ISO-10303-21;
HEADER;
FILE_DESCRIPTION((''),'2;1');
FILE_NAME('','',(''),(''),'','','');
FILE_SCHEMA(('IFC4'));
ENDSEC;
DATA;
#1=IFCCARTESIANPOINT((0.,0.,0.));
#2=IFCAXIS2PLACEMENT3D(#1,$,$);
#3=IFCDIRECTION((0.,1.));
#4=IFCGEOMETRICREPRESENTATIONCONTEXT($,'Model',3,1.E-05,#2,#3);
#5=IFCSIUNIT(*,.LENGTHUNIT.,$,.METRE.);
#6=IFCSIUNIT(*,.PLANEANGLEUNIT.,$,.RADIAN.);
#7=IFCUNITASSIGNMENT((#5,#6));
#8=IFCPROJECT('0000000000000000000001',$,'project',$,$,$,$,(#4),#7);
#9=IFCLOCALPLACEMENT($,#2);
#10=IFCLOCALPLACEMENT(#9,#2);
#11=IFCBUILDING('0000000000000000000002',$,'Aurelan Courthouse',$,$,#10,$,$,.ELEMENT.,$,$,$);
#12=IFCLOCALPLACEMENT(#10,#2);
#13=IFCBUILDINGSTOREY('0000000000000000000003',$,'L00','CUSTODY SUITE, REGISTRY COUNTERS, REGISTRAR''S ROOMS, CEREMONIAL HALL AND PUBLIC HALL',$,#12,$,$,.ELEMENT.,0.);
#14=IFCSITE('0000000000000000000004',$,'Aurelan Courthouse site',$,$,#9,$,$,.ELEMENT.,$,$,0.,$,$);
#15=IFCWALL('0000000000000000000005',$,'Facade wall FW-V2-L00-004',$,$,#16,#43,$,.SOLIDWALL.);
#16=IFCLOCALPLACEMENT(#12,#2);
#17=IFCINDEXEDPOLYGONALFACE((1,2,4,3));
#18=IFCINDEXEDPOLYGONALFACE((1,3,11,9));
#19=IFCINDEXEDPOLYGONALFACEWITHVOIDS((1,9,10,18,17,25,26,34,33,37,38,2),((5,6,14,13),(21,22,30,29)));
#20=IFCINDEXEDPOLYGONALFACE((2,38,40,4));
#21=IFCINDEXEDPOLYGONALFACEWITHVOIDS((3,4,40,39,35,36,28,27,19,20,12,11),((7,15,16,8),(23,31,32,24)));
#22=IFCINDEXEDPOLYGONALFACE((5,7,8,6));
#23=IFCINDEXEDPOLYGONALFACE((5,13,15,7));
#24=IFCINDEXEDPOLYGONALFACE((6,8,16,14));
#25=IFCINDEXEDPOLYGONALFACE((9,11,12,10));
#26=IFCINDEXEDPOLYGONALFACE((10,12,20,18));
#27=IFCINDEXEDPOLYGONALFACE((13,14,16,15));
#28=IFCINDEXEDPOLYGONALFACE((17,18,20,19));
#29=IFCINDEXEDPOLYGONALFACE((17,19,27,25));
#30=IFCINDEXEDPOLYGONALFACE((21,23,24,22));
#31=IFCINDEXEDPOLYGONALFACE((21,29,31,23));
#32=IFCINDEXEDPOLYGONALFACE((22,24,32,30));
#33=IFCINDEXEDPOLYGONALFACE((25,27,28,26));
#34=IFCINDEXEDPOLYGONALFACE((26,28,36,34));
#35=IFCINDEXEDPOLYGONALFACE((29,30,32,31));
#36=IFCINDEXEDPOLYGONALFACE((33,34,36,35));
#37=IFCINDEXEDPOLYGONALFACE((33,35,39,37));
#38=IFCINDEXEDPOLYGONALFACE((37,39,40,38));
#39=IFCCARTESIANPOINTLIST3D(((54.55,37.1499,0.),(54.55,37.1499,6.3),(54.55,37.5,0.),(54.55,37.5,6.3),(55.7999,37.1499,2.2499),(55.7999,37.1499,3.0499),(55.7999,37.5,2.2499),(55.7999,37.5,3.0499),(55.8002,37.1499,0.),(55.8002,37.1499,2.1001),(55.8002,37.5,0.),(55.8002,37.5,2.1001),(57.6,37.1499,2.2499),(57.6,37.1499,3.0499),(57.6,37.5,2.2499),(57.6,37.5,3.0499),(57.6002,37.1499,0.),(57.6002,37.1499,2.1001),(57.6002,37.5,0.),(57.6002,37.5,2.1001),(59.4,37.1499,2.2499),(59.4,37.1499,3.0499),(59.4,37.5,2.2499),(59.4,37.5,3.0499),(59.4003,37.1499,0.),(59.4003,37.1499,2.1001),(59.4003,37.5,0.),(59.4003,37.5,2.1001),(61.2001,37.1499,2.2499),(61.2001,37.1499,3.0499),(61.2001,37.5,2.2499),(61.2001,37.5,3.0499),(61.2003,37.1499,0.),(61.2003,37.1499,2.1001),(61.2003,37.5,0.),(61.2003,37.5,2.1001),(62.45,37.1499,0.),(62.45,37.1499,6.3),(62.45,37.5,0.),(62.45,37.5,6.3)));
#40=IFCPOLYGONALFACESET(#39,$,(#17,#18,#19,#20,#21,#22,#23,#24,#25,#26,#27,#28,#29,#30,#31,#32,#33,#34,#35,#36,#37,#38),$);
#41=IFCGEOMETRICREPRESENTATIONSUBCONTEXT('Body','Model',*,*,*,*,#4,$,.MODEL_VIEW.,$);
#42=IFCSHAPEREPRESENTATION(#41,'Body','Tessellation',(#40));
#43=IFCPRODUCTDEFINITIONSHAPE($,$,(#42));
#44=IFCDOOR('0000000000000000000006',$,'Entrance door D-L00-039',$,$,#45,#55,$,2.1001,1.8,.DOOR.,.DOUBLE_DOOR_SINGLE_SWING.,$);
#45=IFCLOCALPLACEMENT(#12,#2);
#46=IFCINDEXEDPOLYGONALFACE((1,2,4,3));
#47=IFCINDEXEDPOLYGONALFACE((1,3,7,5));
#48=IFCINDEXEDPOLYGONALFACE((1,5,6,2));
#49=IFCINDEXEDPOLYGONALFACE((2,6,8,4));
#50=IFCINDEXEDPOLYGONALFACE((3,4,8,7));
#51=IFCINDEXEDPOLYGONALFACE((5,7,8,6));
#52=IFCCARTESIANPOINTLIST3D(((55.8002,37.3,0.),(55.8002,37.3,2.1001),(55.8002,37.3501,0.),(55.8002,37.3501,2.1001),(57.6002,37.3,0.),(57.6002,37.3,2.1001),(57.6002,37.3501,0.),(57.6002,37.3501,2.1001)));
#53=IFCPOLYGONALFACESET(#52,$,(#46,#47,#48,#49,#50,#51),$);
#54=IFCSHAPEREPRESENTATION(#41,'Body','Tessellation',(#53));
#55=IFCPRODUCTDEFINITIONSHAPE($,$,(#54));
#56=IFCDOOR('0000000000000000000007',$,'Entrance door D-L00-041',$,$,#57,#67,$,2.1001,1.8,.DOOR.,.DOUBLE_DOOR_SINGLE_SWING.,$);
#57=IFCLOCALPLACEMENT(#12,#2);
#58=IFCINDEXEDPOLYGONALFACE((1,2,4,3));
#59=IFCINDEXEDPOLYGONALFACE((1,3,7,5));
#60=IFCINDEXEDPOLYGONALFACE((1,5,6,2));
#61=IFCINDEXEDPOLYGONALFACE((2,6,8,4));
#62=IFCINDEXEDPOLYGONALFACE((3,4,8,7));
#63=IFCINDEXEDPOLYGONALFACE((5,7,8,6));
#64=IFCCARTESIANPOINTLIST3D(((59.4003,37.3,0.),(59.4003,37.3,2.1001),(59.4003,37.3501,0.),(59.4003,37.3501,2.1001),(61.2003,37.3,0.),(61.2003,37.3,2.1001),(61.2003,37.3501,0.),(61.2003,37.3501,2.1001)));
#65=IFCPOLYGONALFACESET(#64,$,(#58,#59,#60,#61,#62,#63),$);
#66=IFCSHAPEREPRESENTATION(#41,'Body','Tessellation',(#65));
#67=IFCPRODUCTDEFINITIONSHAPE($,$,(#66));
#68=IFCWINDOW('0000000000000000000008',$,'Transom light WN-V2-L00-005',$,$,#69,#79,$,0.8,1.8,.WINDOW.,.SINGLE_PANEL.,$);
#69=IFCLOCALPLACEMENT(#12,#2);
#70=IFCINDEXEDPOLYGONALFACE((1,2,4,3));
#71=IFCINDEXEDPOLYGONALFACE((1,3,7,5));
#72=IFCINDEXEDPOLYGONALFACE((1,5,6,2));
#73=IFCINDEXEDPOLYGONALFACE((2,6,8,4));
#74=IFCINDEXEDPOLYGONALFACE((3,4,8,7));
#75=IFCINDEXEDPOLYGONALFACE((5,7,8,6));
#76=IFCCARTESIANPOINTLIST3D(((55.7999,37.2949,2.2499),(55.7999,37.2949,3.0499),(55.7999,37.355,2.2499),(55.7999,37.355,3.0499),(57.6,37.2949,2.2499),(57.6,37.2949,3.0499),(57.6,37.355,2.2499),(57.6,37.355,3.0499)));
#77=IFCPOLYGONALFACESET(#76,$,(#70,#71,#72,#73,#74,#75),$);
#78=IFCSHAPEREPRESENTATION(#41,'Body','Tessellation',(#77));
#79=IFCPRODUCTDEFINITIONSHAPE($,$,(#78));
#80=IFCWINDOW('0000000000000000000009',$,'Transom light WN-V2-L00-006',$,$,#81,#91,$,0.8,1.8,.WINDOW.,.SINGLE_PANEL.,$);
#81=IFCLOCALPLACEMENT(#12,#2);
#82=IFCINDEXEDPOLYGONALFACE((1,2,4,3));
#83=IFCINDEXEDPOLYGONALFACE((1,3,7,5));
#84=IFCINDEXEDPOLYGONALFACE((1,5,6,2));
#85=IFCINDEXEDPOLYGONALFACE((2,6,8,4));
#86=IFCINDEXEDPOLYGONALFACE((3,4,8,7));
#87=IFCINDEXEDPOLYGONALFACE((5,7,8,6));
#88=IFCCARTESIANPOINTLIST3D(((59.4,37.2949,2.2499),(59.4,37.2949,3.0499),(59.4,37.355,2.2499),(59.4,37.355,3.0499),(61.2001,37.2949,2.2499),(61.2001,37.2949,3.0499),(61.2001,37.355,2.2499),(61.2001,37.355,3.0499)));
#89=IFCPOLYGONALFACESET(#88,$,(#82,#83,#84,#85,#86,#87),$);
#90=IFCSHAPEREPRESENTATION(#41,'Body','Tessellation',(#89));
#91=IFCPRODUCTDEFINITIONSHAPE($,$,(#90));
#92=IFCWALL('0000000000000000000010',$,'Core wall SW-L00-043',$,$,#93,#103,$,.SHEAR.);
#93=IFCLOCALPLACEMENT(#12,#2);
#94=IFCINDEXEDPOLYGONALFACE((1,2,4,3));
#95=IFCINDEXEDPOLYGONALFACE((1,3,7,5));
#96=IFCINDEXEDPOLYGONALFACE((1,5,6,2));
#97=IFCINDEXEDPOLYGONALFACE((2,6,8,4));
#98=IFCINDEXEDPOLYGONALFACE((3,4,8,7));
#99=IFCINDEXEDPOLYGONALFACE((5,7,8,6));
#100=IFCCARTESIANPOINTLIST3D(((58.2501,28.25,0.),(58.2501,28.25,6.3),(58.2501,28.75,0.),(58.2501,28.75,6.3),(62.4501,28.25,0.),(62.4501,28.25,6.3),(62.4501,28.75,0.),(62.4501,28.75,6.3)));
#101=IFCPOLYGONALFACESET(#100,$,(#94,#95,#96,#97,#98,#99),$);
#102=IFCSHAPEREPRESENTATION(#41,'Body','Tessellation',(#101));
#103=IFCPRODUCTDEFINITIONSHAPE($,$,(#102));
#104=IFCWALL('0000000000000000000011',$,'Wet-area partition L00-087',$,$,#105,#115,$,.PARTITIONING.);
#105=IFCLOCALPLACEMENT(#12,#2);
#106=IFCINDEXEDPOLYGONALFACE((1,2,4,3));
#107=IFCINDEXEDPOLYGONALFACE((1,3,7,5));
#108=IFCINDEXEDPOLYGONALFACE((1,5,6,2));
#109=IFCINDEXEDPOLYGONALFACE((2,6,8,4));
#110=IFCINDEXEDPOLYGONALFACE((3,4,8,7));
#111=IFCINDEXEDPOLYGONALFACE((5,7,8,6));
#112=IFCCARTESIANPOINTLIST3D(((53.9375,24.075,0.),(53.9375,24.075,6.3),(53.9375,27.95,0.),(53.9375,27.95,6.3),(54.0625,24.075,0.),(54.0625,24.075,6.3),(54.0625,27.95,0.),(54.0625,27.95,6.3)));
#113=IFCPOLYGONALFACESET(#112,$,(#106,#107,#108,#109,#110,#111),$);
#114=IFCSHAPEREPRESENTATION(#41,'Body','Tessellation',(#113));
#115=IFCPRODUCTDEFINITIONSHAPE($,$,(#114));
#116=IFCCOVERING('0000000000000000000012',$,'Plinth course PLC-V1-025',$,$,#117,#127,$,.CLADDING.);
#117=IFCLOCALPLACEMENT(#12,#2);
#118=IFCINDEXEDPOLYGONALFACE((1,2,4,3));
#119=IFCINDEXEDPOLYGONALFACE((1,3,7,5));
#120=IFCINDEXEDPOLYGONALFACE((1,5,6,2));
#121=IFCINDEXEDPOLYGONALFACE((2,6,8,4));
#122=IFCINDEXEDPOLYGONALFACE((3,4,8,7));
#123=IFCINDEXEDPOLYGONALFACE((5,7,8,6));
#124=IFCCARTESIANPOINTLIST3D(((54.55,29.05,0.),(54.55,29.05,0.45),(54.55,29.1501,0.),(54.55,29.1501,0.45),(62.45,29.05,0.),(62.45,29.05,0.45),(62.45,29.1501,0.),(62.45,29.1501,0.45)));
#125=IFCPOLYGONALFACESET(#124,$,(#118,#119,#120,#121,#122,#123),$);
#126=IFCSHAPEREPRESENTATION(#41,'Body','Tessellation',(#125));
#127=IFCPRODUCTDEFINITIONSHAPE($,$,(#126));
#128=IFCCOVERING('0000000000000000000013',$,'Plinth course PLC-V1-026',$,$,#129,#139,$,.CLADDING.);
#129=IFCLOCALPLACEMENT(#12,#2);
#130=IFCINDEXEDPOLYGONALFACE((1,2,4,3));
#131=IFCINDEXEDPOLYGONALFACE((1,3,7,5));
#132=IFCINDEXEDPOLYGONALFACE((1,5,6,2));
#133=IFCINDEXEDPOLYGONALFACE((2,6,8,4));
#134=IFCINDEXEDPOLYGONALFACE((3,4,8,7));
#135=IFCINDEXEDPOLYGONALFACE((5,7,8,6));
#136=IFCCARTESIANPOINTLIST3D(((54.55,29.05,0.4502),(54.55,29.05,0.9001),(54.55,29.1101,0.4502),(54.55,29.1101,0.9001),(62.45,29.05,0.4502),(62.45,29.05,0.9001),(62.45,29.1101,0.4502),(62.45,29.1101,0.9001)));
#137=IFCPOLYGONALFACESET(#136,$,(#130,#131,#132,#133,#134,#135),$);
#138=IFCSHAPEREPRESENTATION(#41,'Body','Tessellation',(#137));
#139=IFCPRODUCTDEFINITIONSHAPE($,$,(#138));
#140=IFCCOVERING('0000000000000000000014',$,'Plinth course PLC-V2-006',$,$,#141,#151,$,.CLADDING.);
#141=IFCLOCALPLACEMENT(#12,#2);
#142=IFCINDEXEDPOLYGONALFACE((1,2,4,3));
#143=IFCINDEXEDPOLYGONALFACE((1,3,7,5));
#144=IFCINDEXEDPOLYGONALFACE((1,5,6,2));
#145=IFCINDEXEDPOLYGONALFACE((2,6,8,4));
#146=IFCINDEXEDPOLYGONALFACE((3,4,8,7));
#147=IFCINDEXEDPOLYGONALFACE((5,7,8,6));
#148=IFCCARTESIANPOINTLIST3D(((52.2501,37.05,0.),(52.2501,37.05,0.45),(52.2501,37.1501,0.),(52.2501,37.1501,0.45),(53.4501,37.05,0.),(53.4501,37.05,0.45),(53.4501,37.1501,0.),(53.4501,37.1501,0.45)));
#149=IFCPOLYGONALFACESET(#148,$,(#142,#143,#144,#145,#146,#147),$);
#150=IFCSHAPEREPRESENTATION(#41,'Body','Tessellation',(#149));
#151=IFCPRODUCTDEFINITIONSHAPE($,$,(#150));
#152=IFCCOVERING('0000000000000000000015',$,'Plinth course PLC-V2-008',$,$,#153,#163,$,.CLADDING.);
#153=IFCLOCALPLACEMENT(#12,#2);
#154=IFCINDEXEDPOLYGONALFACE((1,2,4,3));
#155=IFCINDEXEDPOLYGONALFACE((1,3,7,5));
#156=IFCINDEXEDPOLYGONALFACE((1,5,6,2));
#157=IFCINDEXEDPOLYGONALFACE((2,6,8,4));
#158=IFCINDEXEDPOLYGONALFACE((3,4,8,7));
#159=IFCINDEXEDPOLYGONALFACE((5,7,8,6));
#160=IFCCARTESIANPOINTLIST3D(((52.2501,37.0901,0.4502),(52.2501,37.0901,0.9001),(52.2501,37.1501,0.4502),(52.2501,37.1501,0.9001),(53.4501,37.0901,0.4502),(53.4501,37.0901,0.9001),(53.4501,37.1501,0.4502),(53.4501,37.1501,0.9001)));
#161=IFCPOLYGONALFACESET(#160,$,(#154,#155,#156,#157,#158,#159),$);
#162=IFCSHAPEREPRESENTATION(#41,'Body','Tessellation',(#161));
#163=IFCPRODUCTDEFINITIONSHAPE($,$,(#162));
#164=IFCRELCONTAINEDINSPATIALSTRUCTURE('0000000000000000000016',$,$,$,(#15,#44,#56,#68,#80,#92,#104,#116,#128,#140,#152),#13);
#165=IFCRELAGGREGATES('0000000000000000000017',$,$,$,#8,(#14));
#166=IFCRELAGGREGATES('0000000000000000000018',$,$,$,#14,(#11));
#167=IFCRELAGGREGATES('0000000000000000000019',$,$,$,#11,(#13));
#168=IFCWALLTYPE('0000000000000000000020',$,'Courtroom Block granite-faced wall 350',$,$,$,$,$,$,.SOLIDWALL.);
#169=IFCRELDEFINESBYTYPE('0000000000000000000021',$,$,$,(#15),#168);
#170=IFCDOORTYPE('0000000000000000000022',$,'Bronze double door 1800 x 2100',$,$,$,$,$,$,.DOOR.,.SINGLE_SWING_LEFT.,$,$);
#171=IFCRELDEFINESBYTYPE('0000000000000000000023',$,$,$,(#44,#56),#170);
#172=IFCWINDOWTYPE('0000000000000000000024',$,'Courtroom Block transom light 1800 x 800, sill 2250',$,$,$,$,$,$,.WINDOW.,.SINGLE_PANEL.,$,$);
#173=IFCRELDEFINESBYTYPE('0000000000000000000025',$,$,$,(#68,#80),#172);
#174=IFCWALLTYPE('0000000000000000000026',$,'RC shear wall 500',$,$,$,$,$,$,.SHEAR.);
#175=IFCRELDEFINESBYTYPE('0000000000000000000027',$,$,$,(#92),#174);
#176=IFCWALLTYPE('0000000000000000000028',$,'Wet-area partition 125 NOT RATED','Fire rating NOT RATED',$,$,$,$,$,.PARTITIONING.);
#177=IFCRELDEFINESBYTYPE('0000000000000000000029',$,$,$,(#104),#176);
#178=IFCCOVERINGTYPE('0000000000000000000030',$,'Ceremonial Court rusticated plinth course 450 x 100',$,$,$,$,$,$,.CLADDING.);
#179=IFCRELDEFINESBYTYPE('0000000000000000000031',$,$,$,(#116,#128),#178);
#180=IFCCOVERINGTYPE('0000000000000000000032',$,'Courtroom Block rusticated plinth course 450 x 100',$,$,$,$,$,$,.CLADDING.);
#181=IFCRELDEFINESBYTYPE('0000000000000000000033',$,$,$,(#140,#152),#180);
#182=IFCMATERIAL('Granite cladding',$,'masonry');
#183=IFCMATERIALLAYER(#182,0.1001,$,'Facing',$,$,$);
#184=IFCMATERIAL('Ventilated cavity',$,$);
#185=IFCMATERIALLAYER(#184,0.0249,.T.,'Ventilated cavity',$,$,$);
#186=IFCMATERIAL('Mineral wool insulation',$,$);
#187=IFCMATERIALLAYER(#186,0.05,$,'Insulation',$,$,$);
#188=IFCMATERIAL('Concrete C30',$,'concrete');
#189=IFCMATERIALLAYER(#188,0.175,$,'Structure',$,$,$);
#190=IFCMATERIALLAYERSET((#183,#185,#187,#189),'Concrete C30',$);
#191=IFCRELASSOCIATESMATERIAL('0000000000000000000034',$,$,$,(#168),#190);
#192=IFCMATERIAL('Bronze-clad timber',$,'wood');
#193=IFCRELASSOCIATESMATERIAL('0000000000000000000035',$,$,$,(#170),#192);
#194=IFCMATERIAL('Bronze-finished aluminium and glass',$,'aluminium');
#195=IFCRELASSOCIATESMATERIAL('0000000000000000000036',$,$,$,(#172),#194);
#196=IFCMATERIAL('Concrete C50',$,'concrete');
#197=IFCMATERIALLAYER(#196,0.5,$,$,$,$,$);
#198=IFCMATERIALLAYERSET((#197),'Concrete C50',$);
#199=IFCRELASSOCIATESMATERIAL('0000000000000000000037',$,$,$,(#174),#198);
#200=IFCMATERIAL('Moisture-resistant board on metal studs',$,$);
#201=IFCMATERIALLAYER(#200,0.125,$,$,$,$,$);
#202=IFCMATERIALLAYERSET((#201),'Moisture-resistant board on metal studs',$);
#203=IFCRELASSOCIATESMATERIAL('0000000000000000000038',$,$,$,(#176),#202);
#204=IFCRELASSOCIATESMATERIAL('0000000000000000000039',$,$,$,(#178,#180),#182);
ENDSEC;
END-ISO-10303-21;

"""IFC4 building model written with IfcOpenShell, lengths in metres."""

from ifc_helpers import new_model, si_unit, direction, frame, frame_2d, origin, origin_2d, place, context, subcontext, project, spatial, rectangle, extrude, material, layer, layer_set, type_object, element, fill, save


model = new_model("IFC4")

# Units and contexts
model_context = context("Model", 3, precision=1e-05, world=origin(), true_north=direction((0.0, 1.0)))
body_context = subcontext(model_context, "Body", "Model", "MODEL_VIEW")
ifc_project = project(units=[si_unit("LENGTHUNIT", "METRE"), si_unit("PLANEANGLEUNIT", "RADIAN")], contexts=[model_context])

# Site, building, storey
site_placement = place(None, origin())
site = spatial("IfcSite", under=ifc_project, at=site_placement, Name="Aurelan Courthouse site", CompositionType="ELEMENT", RefElevation=0.0)
building_placement = place(site_placement, origin())
building = spatial("IfcBuilding", under=site, at=building_placement, Name="Aurelan Courthouse", CompositionType="ELEMENT")
storey_placement = place(building_placement, origin())
storey = spatial("IfcBuildingStorey", under=building, at=storey_placement, Name="L00", Description="CUSTODY SUITE, REGISTRY COUNTERS, REGISTRAR'S ROOMS, CEREMONIAL HALL AND PUBLIC HALL", CompositionType="ELEMENT", Elevation=0.0)

# Shared definitions
ifc_material_1 = material(Name="Concrete C50", Category="concrete")

# Shared definitions
ifc_material_2 = material(Name="Ventilated cavity")
ifc_material_3 = material(Name="Mineral wool insulation")
ifc_material_4 = material(Name="Concrete C30", Category="concrete")
ifc_material_5 = material(Name="Bronze-finished aluminium and glass", Category="aluminium")

# Wall, openings, doors, windows
ifc_material_6 = material(Name="Granite cladding", Category="masonry")
ifc_layer_1 = layer(ifc_material_6, 0.1001, Name="Facing")
ifc_layer_2 = layer(ifc_material_2, 0.0249, ventilated=True, Name="Ventilated cavity")
ifc_layer_3 = layer(ifc_material_3, 0.05, Name="Insulation")
ifc_layer_4 = layer(ifc_material_4, 0.175, Name="Structure")
ifc_layer_set_1 = layer_set([ifc_layer_1, ifc_layer_2, ifc_layer_3, ifc_layer_4], Name="Concrete C30")
wall_type_1 = type_object("IfcWallType", Name="Courtroom Block granite-faced wall 350", PredefinedType="SOLIDWALL", material=ifc_layer_set_1)
wall_1_placement = place(storey_placement, frame((54.55, 37.325, 0.0), z_axis=(0.0, 0.0, 1.0), x_axis=(1.0, 0.0, 0.0)))
wall_1 = element("IfcWall", 1, at=wall_1_placement, inside=storey, type_object=wall_type_1, Name="Facade wall FW-V2-L00-004", PredefinedType="SOLIDWALL", context=body_context, shape_type="SweptSolid", body=[
    extrude(rectangle(XDim=7.8999, YDim=0.3501, at=frame_2d((3.95, 0.0))), origin(), (0.0, 0.0, 1.0), 6.3),
])
opening_1_placement = place(wall_1_placement, frame((3.05, 0.0, 0.0), z_axis=(0.0, 0.0, 1.0), x_axis=(-1.0, 0.0, 0.0)))
opening_1 = element("IfcOpeningElement", 2, at=opening_1_placement, cuts=wall_1, PredefinedType="OPENING", context=body_context, shape_type="SweptSolid", body=[
    extrude(rectangle(XDim=1.8, YDim=2.1001, at=frame_2d((0.8999, 1.05))), frame((0.0, 0.1851, 0.0), z_axis=(0.0, -1.0, 0.0), x_axis=(1.0, 0.0, 0.0)), (0.0, 0.0, 1.0), 0.3701),
])
opening_2_placement = place(wall_1_placement, frame((1.25, 0.0, 2.25)))
opening_2 = element("IfcOpeningElement", 3, at=opening_2_placement, cuts=wall_1, PredefinedType="OPENING", context=body_context, shape_type="SweptSolid", body=[
    extrude(rectangle(XDim=1.8, YDim=0.8, at=frame_2d((0.8999, 0.3999))), frame((0.0, 0.1851, 0.0), z_axis=(0.0, -1.0, 0.0), x_axis=(1.0, 0.0, 0.0)), (0.0, 0.0, 1.0), 0.3701),
])
opening_3_placement = place(wall_1_placement, frame((6.6501, 0.0, 0.0), z_axis=(0.0, 0.0, 1.0), x_axis=(-1.0, 0.0, 0.0)))
opening_3 = element("IfcOpeningElement", 4, at=opening_3_placement, cuts=wall_1, PredefinedType="OPENING", context=body_context, shape_type="SweptSolid", body=[
    extrude(rectangle(XDim=1.8, YDim=2.1001, at=frame_2d((0.8999, 1.05))), frame((0.0, 0.1851, 0.0), z_axis=(0.0, -1.0, 0.0), x_axis=(1.0, 0.0, 0.0)), (0.0, 0.0, 1.0), 0.3701),
])
opening_4_placement = place(wall_1_placement, frame((4.8501, 0.0, 2.25)))
opening_4 = element("IfcOpeningElement", 5, at=opening_4_placement, cuts=wall_1, PredefinedType="OPENING", context=body_context, shape_type="SweptSolid", body=[
    extrude(rectangle(XDim=1.8, YDim=0.8, at=frame_2d((0.8999, 0.3999))), frame((0.0, 0.1851, 0.0), z_axis=(0.0, -1.0, 0.0), x_axis=(1.0, 0.0, 0.0)), (0.0, 0.0, 1.0), 0.3701),
])
ifc_material_7 = material(Name="Bronze-clad timber", Category="wood")
door_type = type_object("IfcDoorType", Name="Bronze double door 1800 x 2100", OperationType="SINGLE_SWING_LEFT", PredefinedType="DOOR", material=ifc_material_7)
door_1_placement = place(opening_1_placement, origin())
door_1 = element("IfcDoor", 6, at=door_1_placement, inside=storey, type_object=door_type, Name="Entrance door D-L00-039", OperationType="DOUBLE_DOOR_SINGLE_SWING", OverallHeight=2.1001, OverallWidth=1.8, PredefinedType="DOOR", context=body_context, shape_type="SweptSolid", body=[
    extrude(rectangle(XDim=1.8, YDim=2.1001, at=frame_2d((0.8999, 1.05))), frame((0.0, 0.0249, 0.0), z_axis=(0.0, -1.0, 0.0), x_axis=(1.0, 0.0, 0.0)), (0.0, 0.0, 1.0), 0.05),
])
fill(opening_1, door_1)
door_2_placement = place(opening_3_placement, origin())
door_2 = element("IfcDoor", 7, at=door_2_placement, inside=storey, type_object=door_type, Name="Entrance door D-L00-041", OperationType="DOUBLE_DOOR_SINGLE_SWING", OverallHeight=2.1001, OverallWidth=1.8, PredefinedType="DOOR", context=body_context, shape_type="SweptSolid", body=[
    extrude(rectangle(XDim=1.8, YDim=2.1001, at=frame_2d((0.8999, 1.05))), frame((0.0, 0.0249, 0.0), z_axis=(0.0, -1.0, 0.0), x_axis=(1.0, 0.0, 0.0)), (0.0, 0.0, 1.0), 0.05),
])
fill(opening_3, door_2)
window_type_1 = type_object("IfcWindowType", Name="Courtroom Block transom light 1800 x 800, sill 2250", PartitioningType="SINGLE_PANEL", PredefinedType="WINDOW", material=ifc_material_5)
window_1_placement = place(opening_2_placement, origin())
window_1 = element("IfcWindow", 8, at=window_1_placement, inside=storey, type_object=window_type_1, Name="Transom light WN-V2-L00-005", OverallHeight=0.8, OverallWidth=1.8, PartitioningType="SINGLE_PANEL", PredefinedType="WINDOW", context=body_context, shape_type="SweptSolid", body=[
    extrude(rectangle(XDim=1.8, YDim=0.8, at=frame_2d((0.8999, 0.3999))), frame((0.0, 0.03, 0.0), z_axis=(0.0, -1.0, 0.0), x_axis=(1.0, 0.0, 0.0)), (0.0, 0.0, 1.0), 0.0601),
])
fill(opening_2, window_1)
window_2_placement = place(opening_4_placement, origin())
window_2 = element("IfcWindow", 9, at=window_2_placement, inside=storey, type_object=window_type_1, Name="Transom light WN-V2-L00-006", OverallHeight=0.8, OverallWidth=1.8, PartitioningType="SINGLE_PANEL", PredefinedType="WINDOW", context=body_context, shape_type="SweptSolid", body=[
    extrude(rectangle(XDim=1.8, YDim=0.8, at=frame_2d((0.8999, 0.3999))), frame((0.0, 0.03, 0.0), z_axis=(0.0, -1.0, 0.0), x_axis=(1.0, 0.0, 0.0)), (0.0, 0.0, 1.0), 0.0601),
])
fill(opening_4, window_2)

# Walls
ifc_layer_5 = layer(ifc_material_1, 0.5)
ifc_layer_set_2 = layer_set([ifc_layer_5], Name="Concrete C50")
wall_type_2 = type_object("IfcWallType", Name="RC shear wall 500", PredefinedType="SHEAR", material=ifc_layer_set_2)
wall_2_placement = place(storey_placement, frame((58.25, 28.5, 0.0), z_axis=(0.0, 0.0, 1.0), x_axis=(1.0, 0.0, 0.0)))
element("IfcWall", 10, at=wall_2_placement, inside=storey, type_object=wall_type_2, Name="Core wall SW-L00-043", PredefinedType="SHEAR", context=body_context, shape_type="SweptSolid", body=[
    extrude(rectangle(XDim=4.2, YDim=0.5, at=frame_2d((2.1001, 0.0))), origin(), (0.0, 0.0, 1.0), 6.3),
])
ifc_material_8 = material(Name="Moisture-resistant board on metal studs")
ifc_layer_6 = layer(ifc_material_8, 0.125)
ifc_layer_set_3 = layer_set([ifc_layer_6], Name="Moisture-resistant board on metal studs")
wall_type_3 = type_object("IfcWallType", Name="Wet-area partition 125 NOT RATED", Description="Fire rating NOT RATED", PredefinedType="PARTITIONING", material=ifc_layer_set_3)
wall_3_placement = place(storey_placement, frame((54.0, 24.075, 0.0), z_axis=(0.0, 0.0, 1.0), x_axis=(0.0, 1.0, 0.0)))
element("IfcWall", 11, at=wall_3_placement, inside=storey, type_object=wall_type_3, Name="Wet-area partition L00-087", PredefinedType="PARTITIONING", context=body_context, shape_type="SweptSolid", body=[
    extrude(rectangle(XDim=3.875, YDim=0.125, at=frame_2d((1.9375, 0.0))), origin(), (0.0, 0.0, 1.0), 6.3),
])

# Coverings
covering_type_1 = type_object("IfcCoveringType", Name="Ceremonial Court rusticated plinth course 450 x 100", PredefinedType="CLADDING", material=ifc_material_6)
covering_1_placement = place(storey_placement, frame((58.5, 29.1001, 0.0), z_axis=(0.0, 0.0, 1.0), x_axis=(1.0, 0.0, 0.0)))
element("IfcCovering", 12, at=covering_1_placement, inside=storey, type_object=covering_type_1, Name="Plinth course PLC-V1-025", PredefinedType="CLADDING", context=body_context, shape_type="SweptSolid", body=[
    extrude(rectangle(XDim=7.8999, YDim=0.1001, at=origin_2d()), origin(), (0.0, 0.0, 1.0), 0.45),
])
covering_2_placement = place(storey_placement, frame((58.5, 29.0801, 0.4502), z_axis=(0.0, 0.0, 1.0), x_axis=(1.0, 0.0, 0.0)))
element("IfcCovering", 13, at=covering_2_placement, inside=storey, type_object=covering_type_1, Name="Plinth course PLC-V1-026", PredefinedType="CLADDING", context=body_context, shape_type="SweptSolid", body=[
    extrude(rectangle(XDim=7.8999, YDim=0.0601, at=origin_2d()), origin(), (0.0, 0.0, 1.0), 0.45),
])
covering_type_2 = type_object("IfcCoveringType", Name="Courtroom Block rusticated plinth course 450 x 100", PredefinedType="CLADDING", material=ifc_material_6)
covering_3_placement = place(storey_placement, frame((52.8501, 37.1001, 0.0), z_axis=(0.0, 0.0, 1.0), x_axis=(1.0, 0.0, 0.0)))
element("IfcCovering", 14, at=covering_3_placement, inside=storey, type_object=covering_type_2, Name="Plinth course PLC-V2-006", PredefinedType="CLADDING", context=body_context, shape_type="SweptSolid", body=[
    extrude(rectangle(XDim=1.2, YDim=0.1001, at=origin_2d()), origin(), (0.0, 0.0, 1.0), 0.45),
])
covering_4_placement = place(storey_placement, frame((52.8501, 37.1201, 0.4502), z_axis=(0.0, 0.0, 1.0), x_axis=(1.0, 0.0, 0.0)))
element("IfcCovering", 15, at=covering_4_placement, inside=storey, type_object=covering_type_2, Name="Plinth course PLC-V2-008", PredefinedType="CLADDING", context=body_context, shape_type="SweptSolid", body=[
    extrude(rectangle(XDim=1.2, YDim=0.0601, at=origin_2d()), origin(), (0.0, 0.0, 1.0), 0.45),
])

save(model, "model.ifc")
